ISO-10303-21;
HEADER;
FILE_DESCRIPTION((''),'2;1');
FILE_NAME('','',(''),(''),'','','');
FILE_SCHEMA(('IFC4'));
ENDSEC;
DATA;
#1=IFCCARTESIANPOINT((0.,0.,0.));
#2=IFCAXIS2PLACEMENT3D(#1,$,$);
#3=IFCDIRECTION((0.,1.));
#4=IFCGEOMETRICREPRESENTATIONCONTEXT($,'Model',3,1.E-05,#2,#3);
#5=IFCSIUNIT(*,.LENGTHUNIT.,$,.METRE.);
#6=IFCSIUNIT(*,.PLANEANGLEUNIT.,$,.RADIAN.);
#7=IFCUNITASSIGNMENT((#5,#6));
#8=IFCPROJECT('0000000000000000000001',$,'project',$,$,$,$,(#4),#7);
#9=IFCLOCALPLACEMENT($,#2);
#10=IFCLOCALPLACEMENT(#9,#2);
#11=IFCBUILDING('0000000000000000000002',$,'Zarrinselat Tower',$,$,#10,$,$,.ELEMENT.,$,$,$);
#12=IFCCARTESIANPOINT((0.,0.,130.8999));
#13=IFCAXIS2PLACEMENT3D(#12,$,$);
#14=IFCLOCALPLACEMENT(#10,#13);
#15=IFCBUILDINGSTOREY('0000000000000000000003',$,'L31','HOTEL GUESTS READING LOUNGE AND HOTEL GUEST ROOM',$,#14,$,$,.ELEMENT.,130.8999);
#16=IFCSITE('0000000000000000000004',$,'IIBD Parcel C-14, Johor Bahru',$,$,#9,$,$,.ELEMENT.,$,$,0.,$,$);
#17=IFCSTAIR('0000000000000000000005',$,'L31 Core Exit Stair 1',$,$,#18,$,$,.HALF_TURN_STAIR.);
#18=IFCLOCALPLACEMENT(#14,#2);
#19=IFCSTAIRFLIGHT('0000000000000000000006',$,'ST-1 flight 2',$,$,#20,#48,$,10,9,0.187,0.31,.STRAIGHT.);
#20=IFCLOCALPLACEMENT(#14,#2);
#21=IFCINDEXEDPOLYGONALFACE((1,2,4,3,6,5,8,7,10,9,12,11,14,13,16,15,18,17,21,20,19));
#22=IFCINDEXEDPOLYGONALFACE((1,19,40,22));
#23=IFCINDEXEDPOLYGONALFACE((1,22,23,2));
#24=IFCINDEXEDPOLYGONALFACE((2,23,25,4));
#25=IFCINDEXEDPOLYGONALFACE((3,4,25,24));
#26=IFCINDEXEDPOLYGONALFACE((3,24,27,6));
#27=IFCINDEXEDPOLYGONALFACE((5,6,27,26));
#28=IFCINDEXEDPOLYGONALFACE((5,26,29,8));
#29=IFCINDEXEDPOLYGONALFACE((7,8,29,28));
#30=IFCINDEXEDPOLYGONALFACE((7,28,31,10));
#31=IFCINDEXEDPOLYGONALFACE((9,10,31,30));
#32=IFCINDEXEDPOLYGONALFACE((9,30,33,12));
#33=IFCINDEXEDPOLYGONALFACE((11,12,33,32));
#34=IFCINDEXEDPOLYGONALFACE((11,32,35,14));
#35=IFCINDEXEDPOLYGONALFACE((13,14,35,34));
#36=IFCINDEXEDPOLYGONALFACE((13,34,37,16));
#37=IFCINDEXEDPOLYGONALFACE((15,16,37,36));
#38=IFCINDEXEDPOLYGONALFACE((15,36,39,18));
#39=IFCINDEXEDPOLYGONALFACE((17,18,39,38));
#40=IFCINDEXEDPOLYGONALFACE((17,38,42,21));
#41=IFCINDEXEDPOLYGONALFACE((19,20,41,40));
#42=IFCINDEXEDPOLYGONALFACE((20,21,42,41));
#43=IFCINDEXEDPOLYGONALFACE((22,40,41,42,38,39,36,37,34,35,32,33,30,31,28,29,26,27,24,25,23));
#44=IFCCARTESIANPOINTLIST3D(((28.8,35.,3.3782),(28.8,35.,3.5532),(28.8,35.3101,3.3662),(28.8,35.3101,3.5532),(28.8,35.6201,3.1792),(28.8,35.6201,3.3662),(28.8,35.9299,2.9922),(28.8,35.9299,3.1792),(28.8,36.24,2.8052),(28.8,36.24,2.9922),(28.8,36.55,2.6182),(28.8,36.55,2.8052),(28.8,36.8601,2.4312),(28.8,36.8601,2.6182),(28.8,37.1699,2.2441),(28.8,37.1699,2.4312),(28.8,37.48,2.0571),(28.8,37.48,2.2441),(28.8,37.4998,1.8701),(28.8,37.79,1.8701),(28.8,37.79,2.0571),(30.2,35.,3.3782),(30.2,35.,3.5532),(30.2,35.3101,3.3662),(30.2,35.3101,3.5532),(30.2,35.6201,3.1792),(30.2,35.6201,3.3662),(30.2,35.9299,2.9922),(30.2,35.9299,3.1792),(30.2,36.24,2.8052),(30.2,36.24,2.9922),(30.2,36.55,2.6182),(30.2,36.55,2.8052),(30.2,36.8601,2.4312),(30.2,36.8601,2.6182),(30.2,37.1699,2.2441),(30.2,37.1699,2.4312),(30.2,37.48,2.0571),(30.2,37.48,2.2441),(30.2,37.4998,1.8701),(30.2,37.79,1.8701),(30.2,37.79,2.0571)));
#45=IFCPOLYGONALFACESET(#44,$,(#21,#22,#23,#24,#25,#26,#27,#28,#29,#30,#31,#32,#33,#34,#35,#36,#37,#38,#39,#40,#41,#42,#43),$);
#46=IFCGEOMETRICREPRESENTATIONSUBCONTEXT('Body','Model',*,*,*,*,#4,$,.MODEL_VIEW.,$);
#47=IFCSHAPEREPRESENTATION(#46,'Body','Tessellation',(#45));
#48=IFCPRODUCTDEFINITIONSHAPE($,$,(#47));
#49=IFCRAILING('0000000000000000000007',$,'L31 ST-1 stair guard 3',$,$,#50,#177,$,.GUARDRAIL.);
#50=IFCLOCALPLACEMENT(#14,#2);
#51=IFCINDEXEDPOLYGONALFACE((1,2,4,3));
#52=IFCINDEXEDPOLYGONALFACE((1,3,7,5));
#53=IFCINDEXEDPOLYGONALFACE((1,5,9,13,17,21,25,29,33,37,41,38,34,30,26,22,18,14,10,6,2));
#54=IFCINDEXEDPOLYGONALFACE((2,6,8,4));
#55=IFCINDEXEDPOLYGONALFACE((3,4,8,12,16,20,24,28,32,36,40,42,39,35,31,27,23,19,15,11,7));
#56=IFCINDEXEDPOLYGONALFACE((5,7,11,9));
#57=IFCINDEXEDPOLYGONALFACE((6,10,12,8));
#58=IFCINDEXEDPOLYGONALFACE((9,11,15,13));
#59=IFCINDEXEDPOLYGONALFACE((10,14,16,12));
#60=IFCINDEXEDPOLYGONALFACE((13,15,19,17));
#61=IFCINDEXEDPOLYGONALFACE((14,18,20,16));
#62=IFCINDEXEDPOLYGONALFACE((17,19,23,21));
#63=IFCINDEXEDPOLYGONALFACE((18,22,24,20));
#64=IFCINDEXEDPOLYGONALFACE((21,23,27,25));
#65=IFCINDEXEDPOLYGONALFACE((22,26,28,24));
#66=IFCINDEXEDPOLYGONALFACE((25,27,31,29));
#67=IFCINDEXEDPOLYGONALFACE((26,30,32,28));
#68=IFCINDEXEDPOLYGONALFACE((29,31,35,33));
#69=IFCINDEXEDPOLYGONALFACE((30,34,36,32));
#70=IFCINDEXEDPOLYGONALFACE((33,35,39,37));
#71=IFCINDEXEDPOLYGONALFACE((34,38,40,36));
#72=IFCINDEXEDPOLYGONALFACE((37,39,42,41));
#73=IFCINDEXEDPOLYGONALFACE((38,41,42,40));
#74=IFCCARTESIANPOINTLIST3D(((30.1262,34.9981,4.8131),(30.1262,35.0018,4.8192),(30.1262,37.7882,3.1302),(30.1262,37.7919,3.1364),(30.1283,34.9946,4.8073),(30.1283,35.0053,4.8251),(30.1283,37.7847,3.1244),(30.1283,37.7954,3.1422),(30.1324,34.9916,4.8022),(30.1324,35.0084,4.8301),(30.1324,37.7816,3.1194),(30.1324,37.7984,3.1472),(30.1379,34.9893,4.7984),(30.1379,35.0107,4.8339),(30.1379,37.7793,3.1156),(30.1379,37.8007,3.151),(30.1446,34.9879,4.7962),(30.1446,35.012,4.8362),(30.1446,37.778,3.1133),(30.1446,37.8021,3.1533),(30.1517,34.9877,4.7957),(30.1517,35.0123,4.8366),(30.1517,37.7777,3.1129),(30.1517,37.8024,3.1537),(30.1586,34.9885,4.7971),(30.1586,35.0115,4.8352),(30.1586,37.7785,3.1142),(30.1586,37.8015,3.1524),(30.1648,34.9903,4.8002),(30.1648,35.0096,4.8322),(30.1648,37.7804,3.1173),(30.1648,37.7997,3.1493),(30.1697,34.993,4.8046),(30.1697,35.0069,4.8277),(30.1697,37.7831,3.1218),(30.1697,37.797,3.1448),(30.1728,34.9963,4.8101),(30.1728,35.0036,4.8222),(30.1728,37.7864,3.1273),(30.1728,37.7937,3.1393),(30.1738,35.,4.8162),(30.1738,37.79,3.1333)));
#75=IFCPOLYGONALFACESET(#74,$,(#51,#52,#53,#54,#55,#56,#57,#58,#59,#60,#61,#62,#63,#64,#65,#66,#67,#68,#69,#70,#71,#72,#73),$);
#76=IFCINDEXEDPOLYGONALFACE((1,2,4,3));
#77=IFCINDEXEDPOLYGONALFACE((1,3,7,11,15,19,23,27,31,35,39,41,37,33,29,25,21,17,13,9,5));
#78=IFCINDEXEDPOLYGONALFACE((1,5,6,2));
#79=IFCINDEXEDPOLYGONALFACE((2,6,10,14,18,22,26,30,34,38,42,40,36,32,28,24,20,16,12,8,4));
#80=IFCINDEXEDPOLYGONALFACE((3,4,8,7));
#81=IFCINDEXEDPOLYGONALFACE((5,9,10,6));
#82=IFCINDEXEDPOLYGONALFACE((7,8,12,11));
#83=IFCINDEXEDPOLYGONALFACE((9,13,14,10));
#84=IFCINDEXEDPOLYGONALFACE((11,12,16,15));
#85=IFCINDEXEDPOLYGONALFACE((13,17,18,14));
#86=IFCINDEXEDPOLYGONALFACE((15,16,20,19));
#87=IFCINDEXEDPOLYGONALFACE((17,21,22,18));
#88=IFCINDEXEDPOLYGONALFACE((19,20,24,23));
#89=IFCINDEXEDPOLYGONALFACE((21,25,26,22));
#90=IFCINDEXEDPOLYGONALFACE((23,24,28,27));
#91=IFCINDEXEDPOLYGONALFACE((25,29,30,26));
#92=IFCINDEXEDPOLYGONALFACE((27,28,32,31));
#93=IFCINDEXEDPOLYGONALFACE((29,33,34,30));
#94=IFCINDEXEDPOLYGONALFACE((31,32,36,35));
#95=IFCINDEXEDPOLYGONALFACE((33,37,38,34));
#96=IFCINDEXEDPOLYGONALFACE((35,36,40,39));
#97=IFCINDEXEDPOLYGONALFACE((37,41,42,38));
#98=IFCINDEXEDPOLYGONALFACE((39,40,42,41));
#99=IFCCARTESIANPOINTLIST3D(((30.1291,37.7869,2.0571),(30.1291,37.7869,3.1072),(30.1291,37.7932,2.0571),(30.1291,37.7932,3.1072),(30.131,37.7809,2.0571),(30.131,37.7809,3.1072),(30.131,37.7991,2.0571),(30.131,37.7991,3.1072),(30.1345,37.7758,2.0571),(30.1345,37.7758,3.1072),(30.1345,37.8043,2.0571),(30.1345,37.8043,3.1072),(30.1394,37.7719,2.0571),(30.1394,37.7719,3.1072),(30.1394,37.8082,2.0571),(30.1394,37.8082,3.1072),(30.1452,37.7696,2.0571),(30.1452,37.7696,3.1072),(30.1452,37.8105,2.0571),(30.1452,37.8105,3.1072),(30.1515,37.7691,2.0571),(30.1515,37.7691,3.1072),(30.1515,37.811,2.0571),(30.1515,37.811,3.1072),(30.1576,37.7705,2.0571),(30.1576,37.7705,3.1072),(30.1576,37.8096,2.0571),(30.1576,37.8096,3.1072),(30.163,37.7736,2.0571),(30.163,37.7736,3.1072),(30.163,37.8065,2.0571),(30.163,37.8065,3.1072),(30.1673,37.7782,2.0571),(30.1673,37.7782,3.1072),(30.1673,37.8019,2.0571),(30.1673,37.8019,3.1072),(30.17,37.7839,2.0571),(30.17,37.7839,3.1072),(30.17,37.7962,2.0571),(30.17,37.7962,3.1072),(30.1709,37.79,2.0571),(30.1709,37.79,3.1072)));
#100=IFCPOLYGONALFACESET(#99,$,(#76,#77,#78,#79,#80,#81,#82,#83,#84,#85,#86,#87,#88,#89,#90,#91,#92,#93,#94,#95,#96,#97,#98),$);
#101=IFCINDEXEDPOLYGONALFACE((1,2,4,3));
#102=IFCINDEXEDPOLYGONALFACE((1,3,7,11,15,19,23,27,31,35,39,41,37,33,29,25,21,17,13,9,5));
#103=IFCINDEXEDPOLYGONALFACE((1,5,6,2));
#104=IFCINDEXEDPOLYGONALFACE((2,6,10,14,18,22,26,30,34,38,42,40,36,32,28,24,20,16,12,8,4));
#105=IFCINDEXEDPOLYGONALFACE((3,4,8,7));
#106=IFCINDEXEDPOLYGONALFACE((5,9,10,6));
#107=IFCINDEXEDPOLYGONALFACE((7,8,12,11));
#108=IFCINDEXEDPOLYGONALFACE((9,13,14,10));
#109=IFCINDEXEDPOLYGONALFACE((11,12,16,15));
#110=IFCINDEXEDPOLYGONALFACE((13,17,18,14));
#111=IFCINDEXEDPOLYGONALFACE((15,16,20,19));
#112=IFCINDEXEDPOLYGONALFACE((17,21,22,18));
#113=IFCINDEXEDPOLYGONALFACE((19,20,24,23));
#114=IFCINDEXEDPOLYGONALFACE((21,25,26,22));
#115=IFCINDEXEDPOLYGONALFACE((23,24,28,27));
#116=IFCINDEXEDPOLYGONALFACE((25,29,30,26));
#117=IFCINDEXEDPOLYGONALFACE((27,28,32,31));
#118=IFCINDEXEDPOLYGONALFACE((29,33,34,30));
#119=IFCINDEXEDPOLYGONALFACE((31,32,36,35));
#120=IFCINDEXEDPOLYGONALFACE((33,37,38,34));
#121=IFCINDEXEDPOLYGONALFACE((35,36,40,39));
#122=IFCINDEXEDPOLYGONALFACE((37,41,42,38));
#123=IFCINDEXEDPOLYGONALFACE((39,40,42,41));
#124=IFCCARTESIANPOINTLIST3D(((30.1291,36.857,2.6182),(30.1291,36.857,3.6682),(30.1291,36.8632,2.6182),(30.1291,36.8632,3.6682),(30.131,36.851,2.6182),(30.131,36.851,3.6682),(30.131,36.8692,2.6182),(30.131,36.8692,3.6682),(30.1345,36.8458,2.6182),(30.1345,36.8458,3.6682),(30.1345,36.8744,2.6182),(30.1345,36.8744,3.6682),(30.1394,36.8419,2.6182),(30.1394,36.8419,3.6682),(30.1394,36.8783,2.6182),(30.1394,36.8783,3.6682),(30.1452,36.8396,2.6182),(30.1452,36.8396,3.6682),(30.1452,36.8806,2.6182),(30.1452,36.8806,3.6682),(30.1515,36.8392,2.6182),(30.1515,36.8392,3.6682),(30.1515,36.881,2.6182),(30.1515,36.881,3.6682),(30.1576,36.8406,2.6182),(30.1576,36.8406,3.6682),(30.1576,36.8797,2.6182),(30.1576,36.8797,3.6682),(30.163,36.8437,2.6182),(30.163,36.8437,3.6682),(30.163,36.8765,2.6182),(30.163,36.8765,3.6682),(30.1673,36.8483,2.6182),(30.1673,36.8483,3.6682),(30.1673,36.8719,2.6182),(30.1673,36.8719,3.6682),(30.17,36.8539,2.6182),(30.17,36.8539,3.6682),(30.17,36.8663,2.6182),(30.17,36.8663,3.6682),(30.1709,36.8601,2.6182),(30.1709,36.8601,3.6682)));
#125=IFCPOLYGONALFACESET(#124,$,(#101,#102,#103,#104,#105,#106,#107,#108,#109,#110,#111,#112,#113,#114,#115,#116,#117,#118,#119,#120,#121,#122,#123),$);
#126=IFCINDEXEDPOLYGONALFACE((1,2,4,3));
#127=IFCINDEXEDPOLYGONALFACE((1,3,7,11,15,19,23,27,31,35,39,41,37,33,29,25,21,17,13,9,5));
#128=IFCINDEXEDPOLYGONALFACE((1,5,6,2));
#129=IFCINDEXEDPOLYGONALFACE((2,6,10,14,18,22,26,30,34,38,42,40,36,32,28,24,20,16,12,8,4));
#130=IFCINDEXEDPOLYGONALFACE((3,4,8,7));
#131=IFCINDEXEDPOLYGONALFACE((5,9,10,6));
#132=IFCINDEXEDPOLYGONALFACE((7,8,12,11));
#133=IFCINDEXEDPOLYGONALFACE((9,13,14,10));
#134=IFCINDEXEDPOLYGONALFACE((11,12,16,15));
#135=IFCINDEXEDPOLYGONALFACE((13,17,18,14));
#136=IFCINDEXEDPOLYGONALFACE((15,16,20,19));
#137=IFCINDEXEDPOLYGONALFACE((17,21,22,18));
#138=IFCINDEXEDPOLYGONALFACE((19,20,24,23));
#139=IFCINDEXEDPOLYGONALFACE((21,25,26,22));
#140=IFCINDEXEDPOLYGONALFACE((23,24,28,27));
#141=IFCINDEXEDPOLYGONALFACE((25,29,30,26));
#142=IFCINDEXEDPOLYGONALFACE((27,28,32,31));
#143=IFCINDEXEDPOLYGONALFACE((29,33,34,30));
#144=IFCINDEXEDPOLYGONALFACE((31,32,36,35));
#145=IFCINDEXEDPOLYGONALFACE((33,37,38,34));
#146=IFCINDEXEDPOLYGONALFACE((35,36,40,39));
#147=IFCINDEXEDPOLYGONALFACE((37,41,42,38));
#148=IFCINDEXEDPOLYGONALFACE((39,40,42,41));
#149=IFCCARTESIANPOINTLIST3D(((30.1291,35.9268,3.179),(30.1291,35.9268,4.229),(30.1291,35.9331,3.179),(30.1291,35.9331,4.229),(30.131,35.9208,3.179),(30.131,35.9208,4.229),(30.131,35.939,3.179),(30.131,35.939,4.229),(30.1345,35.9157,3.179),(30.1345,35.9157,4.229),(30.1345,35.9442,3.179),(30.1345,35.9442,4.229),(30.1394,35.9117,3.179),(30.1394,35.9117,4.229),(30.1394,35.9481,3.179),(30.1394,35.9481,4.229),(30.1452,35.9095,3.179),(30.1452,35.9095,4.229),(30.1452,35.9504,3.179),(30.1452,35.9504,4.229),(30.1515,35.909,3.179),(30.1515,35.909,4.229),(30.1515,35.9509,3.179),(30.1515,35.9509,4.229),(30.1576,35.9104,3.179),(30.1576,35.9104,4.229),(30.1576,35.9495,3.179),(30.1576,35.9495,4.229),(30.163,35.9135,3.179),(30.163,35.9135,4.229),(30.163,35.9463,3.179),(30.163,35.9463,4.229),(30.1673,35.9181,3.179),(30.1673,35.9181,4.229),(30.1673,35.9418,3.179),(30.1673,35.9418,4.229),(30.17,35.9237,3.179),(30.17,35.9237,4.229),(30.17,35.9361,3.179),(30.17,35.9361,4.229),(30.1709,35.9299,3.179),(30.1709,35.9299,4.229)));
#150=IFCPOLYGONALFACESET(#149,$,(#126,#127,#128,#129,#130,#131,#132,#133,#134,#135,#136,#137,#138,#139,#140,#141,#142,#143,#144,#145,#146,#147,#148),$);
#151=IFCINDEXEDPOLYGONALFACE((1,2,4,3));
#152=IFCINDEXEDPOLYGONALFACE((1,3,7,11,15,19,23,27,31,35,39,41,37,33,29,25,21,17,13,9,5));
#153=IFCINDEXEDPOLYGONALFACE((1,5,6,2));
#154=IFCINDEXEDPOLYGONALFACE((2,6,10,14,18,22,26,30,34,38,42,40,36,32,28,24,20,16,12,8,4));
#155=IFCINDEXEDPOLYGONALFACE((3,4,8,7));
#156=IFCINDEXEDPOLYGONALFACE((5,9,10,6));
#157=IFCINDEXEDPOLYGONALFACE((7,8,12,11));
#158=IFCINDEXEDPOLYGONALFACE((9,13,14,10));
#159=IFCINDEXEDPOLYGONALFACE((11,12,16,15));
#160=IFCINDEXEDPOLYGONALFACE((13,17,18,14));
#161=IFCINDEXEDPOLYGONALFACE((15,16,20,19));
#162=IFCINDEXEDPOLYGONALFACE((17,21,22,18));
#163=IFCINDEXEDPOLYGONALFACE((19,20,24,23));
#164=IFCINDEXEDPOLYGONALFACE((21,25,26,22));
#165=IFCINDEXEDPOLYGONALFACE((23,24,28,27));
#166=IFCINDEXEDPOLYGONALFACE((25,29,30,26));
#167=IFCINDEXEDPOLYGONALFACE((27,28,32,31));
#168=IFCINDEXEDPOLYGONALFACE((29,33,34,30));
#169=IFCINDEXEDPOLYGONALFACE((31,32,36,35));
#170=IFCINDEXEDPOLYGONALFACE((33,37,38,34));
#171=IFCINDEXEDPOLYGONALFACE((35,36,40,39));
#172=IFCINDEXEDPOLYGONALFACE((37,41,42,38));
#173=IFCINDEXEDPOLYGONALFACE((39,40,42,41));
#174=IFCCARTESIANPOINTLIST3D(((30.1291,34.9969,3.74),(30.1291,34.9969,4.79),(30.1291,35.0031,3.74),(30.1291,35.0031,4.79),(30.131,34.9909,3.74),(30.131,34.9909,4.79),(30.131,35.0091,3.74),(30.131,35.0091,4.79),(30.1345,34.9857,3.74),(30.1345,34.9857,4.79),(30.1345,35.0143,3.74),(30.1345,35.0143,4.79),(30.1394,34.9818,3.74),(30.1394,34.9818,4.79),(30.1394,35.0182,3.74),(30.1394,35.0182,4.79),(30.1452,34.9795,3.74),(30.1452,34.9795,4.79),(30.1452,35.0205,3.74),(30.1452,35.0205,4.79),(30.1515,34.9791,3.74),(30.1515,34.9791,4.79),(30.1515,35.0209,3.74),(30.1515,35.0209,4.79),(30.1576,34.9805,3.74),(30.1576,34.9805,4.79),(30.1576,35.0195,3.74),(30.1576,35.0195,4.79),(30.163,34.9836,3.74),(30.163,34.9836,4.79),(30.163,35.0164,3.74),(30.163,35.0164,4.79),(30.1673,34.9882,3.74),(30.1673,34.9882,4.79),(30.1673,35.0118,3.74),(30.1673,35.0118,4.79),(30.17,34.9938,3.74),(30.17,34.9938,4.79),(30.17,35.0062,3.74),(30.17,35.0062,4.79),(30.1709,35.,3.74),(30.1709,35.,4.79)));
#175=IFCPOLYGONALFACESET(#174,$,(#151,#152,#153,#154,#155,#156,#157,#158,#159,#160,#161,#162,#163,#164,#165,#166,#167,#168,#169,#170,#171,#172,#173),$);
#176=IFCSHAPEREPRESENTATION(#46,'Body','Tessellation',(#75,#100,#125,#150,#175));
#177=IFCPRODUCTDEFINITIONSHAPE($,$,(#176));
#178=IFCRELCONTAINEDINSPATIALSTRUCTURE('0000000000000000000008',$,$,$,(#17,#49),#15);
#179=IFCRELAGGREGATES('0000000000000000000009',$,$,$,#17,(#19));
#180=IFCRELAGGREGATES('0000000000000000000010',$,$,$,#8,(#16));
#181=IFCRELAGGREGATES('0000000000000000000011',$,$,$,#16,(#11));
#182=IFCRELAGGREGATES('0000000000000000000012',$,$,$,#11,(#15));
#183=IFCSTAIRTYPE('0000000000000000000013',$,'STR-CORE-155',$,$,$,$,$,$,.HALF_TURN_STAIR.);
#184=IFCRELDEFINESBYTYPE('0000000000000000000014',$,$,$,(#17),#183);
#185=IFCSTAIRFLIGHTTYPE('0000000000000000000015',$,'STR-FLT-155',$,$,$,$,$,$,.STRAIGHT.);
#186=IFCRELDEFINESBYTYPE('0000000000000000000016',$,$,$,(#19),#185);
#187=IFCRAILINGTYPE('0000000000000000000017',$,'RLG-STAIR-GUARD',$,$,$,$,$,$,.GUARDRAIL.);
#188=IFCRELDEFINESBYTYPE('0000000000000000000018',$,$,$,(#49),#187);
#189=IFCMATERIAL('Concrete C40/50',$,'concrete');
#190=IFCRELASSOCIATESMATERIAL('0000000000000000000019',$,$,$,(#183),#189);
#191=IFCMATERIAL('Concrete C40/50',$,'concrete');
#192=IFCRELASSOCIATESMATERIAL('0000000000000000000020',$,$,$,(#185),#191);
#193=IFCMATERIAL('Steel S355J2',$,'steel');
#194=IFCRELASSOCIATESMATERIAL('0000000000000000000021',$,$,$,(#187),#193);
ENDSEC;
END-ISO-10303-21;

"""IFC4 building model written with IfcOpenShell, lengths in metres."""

from ifc_helpers import new_model, si_unit, direction, frame, origin, origin_2d, place, context, subcontext, project, spatial, polyline, circle, outline, extrude, material, type_object, element, aggregate, save


model = new_model("IFC4")

# Units and contexts
model_context = context("Model", 3, precision=1e-05, world=origin(), true_north=direction((0.0, 1.0)))
body_context = subcontext(model_context, "Body", "Model", "MODEL_VIEW")
ifc_project = project(units=[si_unit("LENGTHUNIT", "METRE"), si_unit("PLANEANGLEUNIT", "RADIAN")], contexts=[model_context])

# Site, building, storey
site_placement = place(None, origin())
site = spatial("IfcSite", under=ifc_project, at=site_placement, Name="IIBD Parcel C-14, Johor Bahru", CompositionType="ELEMENT", RefElevation=0.0)
building_placement = place(site_placement, origin())
building = spatial("IfcBuilding", under=site, at=building_placement, Name="Zarrinselat Tower", CompositionType="ELEMENT")
storey_placement = place(building_placement, frame((0.0, 0.0, 130.8999)))
storey = spatial("IfcBuildingStorey", under=building, at=storey_placement, Name="L31", Description="HOTEL GUESTS READING LOUNGE AND HOTEL GUEST ROOM", CompositionType="ELEMENT", Elevation=130.8999)

# Stair, stair flight
ifc_material_1 = material(Name="Concrete C40/50", Category="concrete")
stair_type_1 = type_object("IfcStairType", Name="STR-CORE-155", PredefinedType="HALF_TURN_STAIR", material=ifc_material_1)
stair_1_placement = place(storey_placement, origin())
stair_1 = element("IfcStair", 1, at=stair_1_placement, inside=storey, type_object=stair_type_1, Name="L31 Core Exit Stair 1", PredefinedType="HALF_TURN_STAIR")
ifc_material_2 = material(Name="Concrete C40/50", Category="concrete")
stair_flight_type_1 = type_object("IfcStairFlightType", Name="STR-FLT-155", PredefinedType="STRAIGHT", material=ifc_material_2)
stair_flight_1_placement = place(storey_placement, frame((29.5, 37.79, 1.8701), z_axis=(0.0, 0.0, 1.0), x_axis=(0.0, -1.0, 0.0)))
stair_flight_1 = element("IfcStairFlight", 2, at=stair_flight_1_placement, type_object=stair_flight_type_1, Name="ST-1 flight 2", NumberOfRisers=10, NumberOfTreads=9, PredefinedType="STRAIGHT", RiserHeight=0.187, TreadLength=0.31, context=body_context, shape_type="SweptSolid", body=[
    extrude(outline(polyline([(0.0, 0.0), (0.0, 0.187), (0.3101, 0.187), (0.3101, 0.374), (0.6201, 0.374), (0.6201, 0.561), (0.9299, 0.561), (0.9299, 0.748), (1.24, 0.748), (1.24, 0.9351), (1.55, 0.9351), (1.55, 1.1221), (1.8601, 1.1221), (1.8601, 1.3091), (2.1699, 1.3091), (2.1699, 1.4961), (2.48, 1.4961), (2.48, 1.6831), (2.79, 1.6831), (2.79, 1.8701), (2.79, 1.5081), (0.2903, 0.0), (0.0, 0.0)])), frame((0.0, 0.7, 0.0), z_axis=(0.0, -1.0, 0.0), x_axis=(1.0, 0.0, 0.0)), (0.0, 0.0, 1.0), 1.3999),
])
aggregate(stair_1, [stair_flight_1])

# Railing
ifc_material_3 = material(Name="Steel S355J2", Category="steel")
railing_type_1 = type_object("IfcRailingType", Name="RLG-STAIR-GUARD", PredefinedType="GUARDRAIL", material=ifc_material_3)
railing_1_placement = place(storey_placement, frame((30.1499, 37.79, 2.0571)))
element("IfcRailing", 3, at=railing_1_placement, inside=storey, type_object=railing_type_1, Name="L31 ST-1 stair guard 3", PredefinedType="GUARDRAIL", context=body_context, shape_type="SweptSolid", body=[
    extrude(circle(Radius=0.0239, at=origin_2d()), frame((0.0, 0.0, 1.0762), z_axis=(0.0, -0.856294, 0.516489), x_axis=(1.0, 0.0, 0.0)), (0.0, 0.0, 1.0), 3.2583),
    extrude(circle(Radius=0.021, at=origin_2d()), origin(), (0.0, 0.0, 1.0), 1.05),
    extrude(circle(Radius=0.021, at=origin_2d()), frame((0.0, -0.9299, 0.561)), (0.0, 0.0, 1.0), 1.05),
    extrude(circle(Radius=0.021, at=origin_2d()), frame((0.0, -1.8601, 1.1218)), (0.0, 0.0, 1.0), 1.05),
    extrude(circle(Radius=0.021, at=origin_2d()), frame((0.0, -2.79, 1.6829)), (0.0, 0.0, 1.0), 1.05),
])

save(model, "model.ifc")
